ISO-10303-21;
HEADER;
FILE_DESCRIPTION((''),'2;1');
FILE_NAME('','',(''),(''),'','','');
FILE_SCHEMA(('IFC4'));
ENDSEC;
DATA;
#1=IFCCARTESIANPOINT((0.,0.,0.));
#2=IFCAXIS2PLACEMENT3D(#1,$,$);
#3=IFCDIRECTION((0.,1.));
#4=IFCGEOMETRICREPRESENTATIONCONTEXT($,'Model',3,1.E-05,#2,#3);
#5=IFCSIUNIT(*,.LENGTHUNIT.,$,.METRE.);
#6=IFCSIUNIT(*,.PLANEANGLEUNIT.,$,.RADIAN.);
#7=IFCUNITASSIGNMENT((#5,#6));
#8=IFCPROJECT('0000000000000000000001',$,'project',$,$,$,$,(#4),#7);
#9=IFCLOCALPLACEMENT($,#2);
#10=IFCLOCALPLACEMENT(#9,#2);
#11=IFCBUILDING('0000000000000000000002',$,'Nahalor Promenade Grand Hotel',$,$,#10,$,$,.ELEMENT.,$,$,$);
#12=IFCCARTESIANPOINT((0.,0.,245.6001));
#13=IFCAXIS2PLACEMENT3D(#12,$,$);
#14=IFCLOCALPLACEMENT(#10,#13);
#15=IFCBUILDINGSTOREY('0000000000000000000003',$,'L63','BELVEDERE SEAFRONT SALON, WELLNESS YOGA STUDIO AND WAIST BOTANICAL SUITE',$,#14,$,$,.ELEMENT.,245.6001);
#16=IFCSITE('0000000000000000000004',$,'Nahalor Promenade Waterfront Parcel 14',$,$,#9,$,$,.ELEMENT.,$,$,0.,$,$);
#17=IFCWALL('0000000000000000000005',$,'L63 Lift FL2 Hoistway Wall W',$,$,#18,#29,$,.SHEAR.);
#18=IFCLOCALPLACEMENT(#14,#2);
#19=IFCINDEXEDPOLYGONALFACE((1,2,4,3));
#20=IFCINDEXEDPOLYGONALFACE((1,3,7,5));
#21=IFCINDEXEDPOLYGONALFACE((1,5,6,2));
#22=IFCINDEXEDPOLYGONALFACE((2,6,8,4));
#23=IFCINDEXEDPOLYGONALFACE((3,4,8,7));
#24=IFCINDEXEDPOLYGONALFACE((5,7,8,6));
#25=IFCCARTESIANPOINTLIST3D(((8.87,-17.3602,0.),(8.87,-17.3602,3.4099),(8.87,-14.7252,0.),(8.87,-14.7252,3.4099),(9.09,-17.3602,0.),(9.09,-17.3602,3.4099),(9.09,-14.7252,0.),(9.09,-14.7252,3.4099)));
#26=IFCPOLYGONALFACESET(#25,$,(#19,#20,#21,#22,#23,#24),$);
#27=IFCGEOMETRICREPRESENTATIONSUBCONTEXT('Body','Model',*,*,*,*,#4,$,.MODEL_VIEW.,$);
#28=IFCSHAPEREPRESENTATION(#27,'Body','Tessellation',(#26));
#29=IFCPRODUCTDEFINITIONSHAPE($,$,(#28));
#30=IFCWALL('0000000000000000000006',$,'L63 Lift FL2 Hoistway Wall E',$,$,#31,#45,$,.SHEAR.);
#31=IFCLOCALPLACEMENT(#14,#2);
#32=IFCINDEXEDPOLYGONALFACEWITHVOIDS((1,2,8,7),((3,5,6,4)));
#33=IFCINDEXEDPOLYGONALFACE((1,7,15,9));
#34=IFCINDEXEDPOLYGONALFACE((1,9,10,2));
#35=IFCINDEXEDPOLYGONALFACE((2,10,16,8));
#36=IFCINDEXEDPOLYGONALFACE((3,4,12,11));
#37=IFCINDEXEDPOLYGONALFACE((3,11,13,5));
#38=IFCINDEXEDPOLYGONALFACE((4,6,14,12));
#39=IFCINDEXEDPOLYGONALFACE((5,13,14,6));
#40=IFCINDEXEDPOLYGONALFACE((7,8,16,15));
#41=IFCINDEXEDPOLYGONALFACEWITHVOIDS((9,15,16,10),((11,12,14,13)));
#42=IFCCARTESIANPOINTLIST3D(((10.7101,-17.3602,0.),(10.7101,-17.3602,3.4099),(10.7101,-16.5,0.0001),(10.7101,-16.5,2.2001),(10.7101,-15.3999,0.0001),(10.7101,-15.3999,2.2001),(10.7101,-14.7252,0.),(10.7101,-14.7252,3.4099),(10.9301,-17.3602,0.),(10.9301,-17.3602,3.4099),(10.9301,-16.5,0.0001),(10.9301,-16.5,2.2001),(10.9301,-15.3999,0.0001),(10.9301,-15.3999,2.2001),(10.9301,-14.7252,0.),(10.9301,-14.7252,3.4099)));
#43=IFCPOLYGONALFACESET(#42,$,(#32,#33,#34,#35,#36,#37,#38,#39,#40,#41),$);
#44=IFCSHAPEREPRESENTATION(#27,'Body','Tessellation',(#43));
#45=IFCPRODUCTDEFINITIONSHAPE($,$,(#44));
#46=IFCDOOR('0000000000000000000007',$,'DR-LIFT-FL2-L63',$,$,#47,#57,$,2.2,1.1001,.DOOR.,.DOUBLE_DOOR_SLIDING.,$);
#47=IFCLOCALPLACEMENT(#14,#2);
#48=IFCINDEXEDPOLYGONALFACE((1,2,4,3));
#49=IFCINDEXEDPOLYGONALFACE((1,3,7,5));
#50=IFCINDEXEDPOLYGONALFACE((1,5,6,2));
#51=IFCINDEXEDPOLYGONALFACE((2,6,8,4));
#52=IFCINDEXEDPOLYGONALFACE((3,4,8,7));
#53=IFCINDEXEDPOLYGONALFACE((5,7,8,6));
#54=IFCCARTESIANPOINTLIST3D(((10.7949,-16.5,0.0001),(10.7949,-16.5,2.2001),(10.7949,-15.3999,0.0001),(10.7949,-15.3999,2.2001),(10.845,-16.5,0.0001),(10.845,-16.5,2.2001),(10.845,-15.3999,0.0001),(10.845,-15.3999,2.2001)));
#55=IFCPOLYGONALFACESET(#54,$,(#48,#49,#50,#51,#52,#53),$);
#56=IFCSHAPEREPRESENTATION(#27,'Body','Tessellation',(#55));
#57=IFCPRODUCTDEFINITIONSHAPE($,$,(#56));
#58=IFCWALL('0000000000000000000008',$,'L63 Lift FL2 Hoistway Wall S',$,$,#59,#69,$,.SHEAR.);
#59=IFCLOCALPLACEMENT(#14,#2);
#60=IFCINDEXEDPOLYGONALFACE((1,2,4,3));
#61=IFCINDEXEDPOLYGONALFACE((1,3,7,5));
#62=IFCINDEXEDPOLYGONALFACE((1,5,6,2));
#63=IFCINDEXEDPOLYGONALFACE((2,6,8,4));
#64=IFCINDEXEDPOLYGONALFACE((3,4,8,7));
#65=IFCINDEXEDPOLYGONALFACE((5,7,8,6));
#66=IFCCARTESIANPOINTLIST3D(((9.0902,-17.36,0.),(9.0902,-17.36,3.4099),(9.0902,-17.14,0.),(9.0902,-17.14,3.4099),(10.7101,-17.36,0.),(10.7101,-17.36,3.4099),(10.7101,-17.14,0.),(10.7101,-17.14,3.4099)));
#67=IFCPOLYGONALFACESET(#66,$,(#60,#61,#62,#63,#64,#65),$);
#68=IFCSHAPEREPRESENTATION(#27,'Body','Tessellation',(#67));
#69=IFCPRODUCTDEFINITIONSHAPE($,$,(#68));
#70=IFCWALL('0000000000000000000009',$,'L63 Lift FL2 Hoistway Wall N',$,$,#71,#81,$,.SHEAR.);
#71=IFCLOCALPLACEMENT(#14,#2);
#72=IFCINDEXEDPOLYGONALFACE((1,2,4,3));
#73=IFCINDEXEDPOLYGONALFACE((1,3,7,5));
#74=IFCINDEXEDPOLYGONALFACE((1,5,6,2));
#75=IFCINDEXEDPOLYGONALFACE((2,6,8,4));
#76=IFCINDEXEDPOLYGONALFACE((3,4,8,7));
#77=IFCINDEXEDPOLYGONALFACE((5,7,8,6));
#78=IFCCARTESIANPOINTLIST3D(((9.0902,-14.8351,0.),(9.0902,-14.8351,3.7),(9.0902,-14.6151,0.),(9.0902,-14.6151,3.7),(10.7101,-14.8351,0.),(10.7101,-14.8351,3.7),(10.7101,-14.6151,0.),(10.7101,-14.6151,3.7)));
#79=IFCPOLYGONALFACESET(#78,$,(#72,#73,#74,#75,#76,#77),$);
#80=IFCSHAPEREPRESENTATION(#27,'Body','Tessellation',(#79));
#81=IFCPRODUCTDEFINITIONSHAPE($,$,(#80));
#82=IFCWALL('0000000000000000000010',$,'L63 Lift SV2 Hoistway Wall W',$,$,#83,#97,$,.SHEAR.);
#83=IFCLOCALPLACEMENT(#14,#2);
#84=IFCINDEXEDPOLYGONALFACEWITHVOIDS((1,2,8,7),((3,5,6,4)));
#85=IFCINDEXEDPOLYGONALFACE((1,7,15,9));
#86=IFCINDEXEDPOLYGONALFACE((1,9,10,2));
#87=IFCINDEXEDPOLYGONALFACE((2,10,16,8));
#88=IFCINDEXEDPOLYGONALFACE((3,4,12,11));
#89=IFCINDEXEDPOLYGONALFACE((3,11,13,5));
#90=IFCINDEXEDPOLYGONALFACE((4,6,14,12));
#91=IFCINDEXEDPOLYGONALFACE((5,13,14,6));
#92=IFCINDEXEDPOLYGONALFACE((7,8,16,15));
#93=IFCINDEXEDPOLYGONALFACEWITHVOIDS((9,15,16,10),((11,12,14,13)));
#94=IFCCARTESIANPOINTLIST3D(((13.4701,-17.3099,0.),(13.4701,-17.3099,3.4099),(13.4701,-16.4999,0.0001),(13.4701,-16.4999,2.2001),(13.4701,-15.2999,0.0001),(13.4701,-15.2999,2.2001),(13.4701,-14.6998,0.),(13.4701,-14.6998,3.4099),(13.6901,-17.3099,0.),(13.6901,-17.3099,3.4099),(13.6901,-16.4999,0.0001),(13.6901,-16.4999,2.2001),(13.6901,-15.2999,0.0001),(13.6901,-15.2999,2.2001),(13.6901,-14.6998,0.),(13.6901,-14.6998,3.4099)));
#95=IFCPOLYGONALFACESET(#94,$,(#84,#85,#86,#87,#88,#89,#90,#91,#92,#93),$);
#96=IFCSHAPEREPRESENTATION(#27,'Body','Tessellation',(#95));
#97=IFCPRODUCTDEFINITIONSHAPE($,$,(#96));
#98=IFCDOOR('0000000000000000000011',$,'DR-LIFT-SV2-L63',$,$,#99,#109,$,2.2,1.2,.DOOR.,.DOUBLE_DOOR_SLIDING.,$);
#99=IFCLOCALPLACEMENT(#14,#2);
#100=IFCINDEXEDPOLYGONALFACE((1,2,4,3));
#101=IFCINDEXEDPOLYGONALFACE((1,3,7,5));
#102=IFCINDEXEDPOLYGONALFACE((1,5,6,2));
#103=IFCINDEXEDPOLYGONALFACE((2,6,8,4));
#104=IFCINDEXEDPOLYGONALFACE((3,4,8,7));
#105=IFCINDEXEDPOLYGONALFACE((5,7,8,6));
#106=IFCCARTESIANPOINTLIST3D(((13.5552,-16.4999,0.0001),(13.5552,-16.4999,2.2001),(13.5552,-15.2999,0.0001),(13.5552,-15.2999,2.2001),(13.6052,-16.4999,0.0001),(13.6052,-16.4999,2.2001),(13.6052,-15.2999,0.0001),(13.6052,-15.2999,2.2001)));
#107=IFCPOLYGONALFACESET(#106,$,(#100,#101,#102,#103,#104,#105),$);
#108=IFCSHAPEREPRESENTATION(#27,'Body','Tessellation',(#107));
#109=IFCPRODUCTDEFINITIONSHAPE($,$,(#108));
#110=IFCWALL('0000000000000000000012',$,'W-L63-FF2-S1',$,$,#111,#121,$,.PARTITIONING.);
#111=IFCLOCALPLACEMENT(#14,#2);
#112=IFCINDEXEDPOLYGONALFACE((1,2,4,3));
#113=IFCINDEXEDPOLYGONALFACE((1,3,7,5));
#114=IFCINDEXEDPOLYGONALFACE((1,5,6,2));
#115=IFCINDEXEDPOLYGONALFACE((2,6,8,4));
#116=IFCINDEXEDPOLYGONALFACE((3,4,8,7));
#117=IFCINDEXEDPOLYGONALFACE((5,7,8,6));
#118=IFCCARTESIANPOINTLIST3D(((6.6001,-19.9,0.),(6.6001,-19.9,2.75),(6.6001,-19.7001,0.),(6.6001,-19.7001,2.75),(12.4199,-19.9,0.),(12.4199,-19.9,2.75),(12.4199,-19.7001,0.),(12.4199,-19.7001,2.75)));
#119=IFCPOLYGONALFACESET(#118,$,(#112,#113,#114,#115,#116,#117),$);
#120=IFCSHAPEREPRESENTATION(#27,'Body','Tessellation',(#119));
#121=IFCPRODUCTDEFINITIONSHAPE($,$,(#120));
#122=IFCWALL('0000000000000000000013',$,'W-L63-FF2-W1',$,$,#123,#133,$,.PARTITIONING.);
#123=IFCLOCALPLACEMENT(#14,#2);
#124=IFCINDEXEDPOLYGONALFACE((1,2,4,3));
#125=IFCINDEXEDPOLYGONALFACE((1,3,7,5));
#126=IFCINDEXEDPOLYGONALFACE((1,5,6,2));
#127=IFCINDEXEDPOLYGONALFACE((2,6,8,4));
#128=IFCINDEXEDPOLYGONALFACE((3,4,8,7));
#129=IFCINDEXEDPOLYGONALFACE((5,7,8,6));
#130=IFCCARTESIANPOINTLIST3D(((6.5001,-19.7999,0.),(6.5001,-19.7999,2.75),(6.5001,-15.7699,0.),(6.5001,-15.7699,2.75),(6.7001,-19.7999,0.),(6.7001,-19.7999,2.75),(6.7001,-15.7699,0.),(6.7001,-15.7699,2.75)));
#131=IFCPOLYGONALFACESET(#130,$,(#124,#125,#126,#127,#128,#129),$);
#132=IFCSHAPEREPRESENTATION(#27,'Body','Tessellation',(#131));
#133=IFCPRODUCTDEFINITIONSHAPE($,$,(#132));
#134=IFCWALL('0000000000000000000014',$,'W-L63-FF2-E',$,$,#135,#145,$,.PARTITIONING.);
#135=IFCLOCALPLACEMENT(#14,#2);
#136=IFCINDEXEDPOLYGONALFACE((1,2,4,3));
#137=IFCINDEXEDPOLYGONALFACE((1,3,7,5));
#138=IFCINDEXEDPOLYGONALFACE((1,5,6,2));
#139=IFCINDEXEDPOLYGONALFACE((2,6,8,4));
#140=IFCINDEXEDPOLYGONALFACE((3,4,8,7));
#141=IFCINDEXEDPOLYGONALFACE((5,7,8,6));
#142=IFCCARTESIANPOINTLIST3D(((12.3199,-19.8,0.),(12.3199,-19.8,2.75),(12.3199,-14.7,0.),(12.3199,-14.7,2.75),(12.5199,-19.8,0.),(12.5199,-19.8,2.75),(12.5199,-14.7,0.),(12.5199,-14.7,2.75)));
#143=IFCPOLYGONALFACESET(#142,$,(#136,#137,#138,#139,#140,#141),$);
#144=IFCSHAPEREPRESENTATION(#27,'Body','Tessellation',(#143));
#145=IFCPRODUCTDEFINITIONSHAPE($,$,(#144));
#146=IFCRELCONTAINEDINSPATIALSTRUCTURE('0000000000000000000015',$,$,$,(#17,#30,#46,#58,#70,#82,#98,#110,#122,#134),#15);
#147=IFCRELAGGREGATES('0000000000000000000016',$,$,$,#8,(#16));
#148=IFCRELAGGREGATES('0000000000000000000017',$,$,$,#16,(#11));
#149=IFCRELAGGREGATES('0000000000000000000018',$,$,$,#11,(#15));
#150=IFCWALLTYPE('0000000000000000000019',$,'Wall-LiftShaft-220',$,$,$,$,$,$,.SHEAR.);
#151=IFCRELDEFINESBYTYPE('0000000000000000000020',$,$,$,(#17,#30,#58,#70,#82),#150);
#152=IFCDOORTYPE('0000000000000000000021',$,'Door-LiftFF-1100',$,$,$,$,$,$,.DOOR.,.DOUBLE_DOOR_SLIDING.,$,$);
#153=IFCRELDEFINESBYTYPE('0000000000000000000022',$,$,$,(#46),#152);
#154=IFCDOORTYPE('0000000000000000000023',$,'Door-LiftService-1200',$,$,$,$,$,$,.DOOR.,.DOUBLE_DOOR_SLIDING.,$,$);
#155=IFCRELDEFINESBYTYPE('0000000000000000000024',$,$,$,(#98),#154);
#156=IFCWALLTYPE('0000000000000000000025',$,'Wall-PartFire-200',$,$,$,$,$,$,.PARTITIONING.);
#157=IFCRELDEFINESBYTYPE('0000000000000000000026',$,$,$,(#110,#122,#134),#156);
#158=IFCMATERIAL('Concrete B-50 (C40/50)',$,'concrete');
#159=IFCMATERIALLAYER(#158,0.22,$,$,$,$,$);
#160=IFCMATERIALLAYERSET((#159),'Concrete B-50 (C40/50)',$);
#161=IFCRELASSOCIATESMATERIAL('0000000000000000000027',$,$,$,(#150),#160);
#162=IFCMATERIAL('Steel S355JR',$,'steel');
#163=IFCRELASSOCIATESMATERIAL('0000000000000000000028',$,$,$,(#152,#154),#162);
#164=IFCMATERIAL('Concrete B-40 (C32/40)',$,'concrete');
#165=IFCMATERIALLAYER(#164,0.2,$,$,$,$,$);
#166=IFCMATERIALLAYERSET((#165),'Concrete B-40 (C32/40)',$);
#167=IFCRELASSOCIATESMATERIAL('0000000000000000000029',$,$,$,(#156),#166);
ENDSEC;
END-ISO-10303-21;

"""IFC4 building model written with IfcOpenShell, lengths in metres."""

from ifc_helpers import new_model, si_unit, direction, frame, frame_2d, origin, place, context, subcontext, project, spatial, rectangle, extrude, source, transform, mapped, material, layer, layer_set, type_object, element, fill, save


model = new_model("IFC4")

# Units and contexts
model_context = context("Model", 3, precision=1e-05, world=origin(), true_north=direction((0.0, 1.0)))
body_context = subcontext(model_context, "Body", "Model", "MODEL_VIEW")
ifc_project = project(units=[si_unit("LENGTHUNIT", "METRE"), si_unit("PLANEANGLEUNIT", "RADIAN")], contexts=[model_context])

# Site, building, storey
site_placement = place(None, origin())
site = spatial("IfcSite", under=ifc_project, at=site_placement, Name="Nahalor Promenade Waterfront Parcel 14", CompositionType="ELEMENT", RefElevation=0.0)
building_placement = place(site_placement, origin())
building = spatial("IfcBuilding", under=site, at=building_placement, Name="Nahalor Promenade Grand Hotel", CompositionType="ELEMENT")
storey_placement = place(building_placement, frame((0.0, 0.0, 245.6001)))
storey = spatial("IfcBuildingStorey", under=building, at=storey_placement, Name="L63", Description="BELVEDERE SEAFRONT SALON, WELLNESS YOGA STUDIO AND WAIST BOTANICAL SUITE", CompositionType="ELEMENT", Elevation=245.6001)

# Shared definitions
ifc_material_1 = material(Name="Steel S355JR", Category="steel")

# Shared definitions
ifc_material_2 = material(Name="Concrete B-50 (C40/50)", Category="concrete")

# Shared definitions
ifc_layer_1 = layer(ifc_material_2, 0.22)
ifc_layer_set_1 = layer_set([ifc_layer_1], Name="Concrete B-50 (C40/50)")
wall_type_1 = type_object("IfcWallType", Name="Wall-LiftShaft-220", PredefinedType="SHEAR", material=ifc_layer_set_1)

# Wall
shared_shape_1 = source(origin(), body_context, "Body", "SweptSolid", [
    extrude(rectangle(XDim=2.635, YDim=0.22, at=frame_2d((1.3174, 0.0))), origin(), (0.0, 0.0, 1.0), 3.4099),
])
wall_1_placement = place(storey_placement, frame((8.98, -17.3601, 0.0), z_axis=(0.0, 0.0, 1.0), x_axis=(0.0, 1.0, 0.0)))
element("IfcWall", 1, at=wall_1_placement, inside=storey, type_object=wall_type_1, Name="L63 Lift FL2 Hoistway Wall W", PredefinedType="SHEAR", context=body_context, shape_type="MappedRepresentation", body=[
    mapped(shared_shape_1, transform((0.0, 0.0, 0.0), scale=1.0)),
])

# Wall, opening, door
wall_2_placement = place(storey_placement, frame((10.8201, -17.3601, 0.0), z_axis=(0.0, 0.0, 1.0), x_axis=(0.0, 1.0, 0.0)))
wall_2 = element("IfcWall", 2, at=wall_2_placement, inside=storey, type_object=wall_type_1, Name="L63 Lift FL2 Hoistway Wall E", PredefinedType="SHEAR", context=body_context, shape_type="MappedRepresentation", body=[
    mapped(shared_shape_1, transform((0.0, 0.0, 0.0), scale=1.0)),
])
opening_1_placement = place(wall_2_placement, frame((0.8601, 0.0, 0.0)))
opening_1 = element("IfcOpeningElement", 3, at=opening_1_placement, cuts=wall_2, PredefinedType="OPENING", context=body_context, shape_type="SweptSolid", body=[
    extrude(rectangle(XDim=1.1001, YDim=2.2, at=frame_2d((0.55, 1.1001))), frame((0.0, 0.1199, 0.0), z_axis=(0.0, -1.0, 0.0), x_axis=(1.0, 0.0, 0.0)), (0.0, 0.0, 1.0), 0.24),
])
door_type_1 = type_object("IfcDoorType", Name="Door-LiftFF-1100", OperationType="DOUBLE_DOOR_SLIDING", PredefinedType="DOOR", material=ifc_material_1)
shared_shape_2 = source(origin(), body_context, "Body", "SweptSolid", [
    extrude(rectangle(XDim=1.1001, YDim=2.2, at=frame_2d((0.55, 1.1001))), frame((0.0, 0.0249, 0.0), z_axis=(0.0, -1.0, 0.0), x_axis=(1.0, 0.0, 0.0)), (0.0, 0.0, 1.0), 0.05),
])
door_1_placement = place(opening_1_placement, frame((1.1001, 0.0, 0.0), z_axis=(0.0, 0.0, 1.0), x_axis=(-1.0, 0.0, 0.0)))
door_1 = element("IfcDoor", 4, at=door_1_placement, inside=storey, type_object=door_type_1, Name="DR-LIFT-FL2-L63", OperationType="DOUBLE_DOOR_SLIDING", OverallHeight=2.2, OverallWidth=1.1001, PredefinedType="DOOR", context=body_context, shape_type="MappedRepresentation", body=[
    mapped(shared_shape_2, transform((0.0, 0.0, 0.0), scale=1.0)),
])
fill(opening_1, door_1)

# Walls
shared_shape_3 = source(origin(), body_context, "Body", "SweptSolid", [
    extrude(rectangle(XDim=1.6199, YDim=0.22, at=frame_2d((0.8101, 0.0))), origin(), (0.0, 0.0, 1.0), 3.4099),
])
wall_3_placement = place(storey_placement, frame((9.0901, -17.25, 0.0), z_axis=(0.0, 0.0, 1.0), x_axis=(1.0, 0.0, 0.0)))
element("IfcWall", 5, at=wall_3_placement, inside=storey, type_object=wall_type_1, Name="L63 Lift FL2 Hoistway Wall S", PredefinedType="SHEAR", context=body_context, shape_type="MappedRepresentation", body=[
    mapped(shared_shape_3, transform((0.0, 0.0, 0.0), scale=1.0)),
])
shared_shape_4 = source(origin(), body_context, "Body", "SweptSolid", [
    extrude(rectangle(XDim=1.6199, YDim=0.22, at=frame_2d((0.8101, 0.0))), origin(), (0.0, 0.0, 1.0), 3.7),
])
wall_4_placement = place(storey_placement, frame((9.0901, -14.7251, 0.0), z_axis=(0.0, 0.0, 1.0), x_axis=(1.0, 0.0, 0.0)))
element("IfcWall", 6, at=wall_4_placement, inside=storey, type_object=wall_type_1, Name="L63 Lift FL2 Hoistway Wall N", PredefinedType="SHEAR", context=body_context, shape_type="MappedRepresentation", body=[
    mapped(shared_shape_4, transform((0.0, 0.0, 0.0), scale=1.0)),
])

# Wall, opening, door
shared_shape_5 = source(origin(), body_context, "Body", "SweptSolid", [
    extrude(rectangle(XDim=2.6101, YDim=0.22, at=frame_2d((1.3052, 0.0))), origin(), (0.0, 0.0, 1.0), 3.4099),
])
wall_5_placement = place(storey_placement, frame((13.5801, -17.3101, 0.0), z_axis=(0.0, 0.0, 1.0), x_axis=(0.0, 1.0, 0.0)))
wall_5 = element("IfcWall", 7, at=wall_5_placement, inside=storey, type_object=wall_type_1, Name="L63 Lift SV2 Hoistway Wall W", PredefinedType="SHEAR", context=body_context, shape_type="MappedRepresentation", body=[
    mapped(shared_shape_5, transform((0.0, 0.0, 0.0), scale=1.0)),
])
opening_2_placement = place(wall_5_placement, frame((0.8101, 0.0, 0.0)))
opening_2 = element("IfcOpeningElement", 8, at=opening_2_placement, cuts=wall_5, PredefinedType="OPENING", context=body_context, shape_type="SweptSolid", body=[
    extrude(rectangle(XDim=1.2, YDim=2.2, at=frame_2d((0.6001, 1.1001))), frame((0.0, 0.1199, 0.0), z_axis=(0.0, -1.0, 0.0), x_axis=(1.0, 0.0, 0.0)), (0.0, 0.0, 1.0), 0.24),
])
door_type_2 = type_object("IfcDoorType", Name="Door-LiftService-1200", OperationType="DOUBLE_DOOR_SLIDING", PredefinedType="DOOR", material=ifc_material_1)
shared_shape_6 = source(origin(), body_context, "Body", "SweptSolid", [
    extrude(rectangle(XDim=1.2, YDim=2.2, at=frame_2d((0.6001, 1.1001))), frame((0.0, 0.0249, 0.0), z_axis=(0.0, -1.0, 0.0), x_axis=(1.0, 0.0, 0.0)), (0.0, 0.0, 1.0), 0.05),
])
door_2_placement = place(opening_2_placement, origin())
door_2 = element("IfcDoor", 9, at=door_2_placement, inside=storey, type_object=door_type_2, Name="DR-LIFT-SV2-L63", OperationType="DOUBLE_DOOR_SLIDING", OverallHeight=2.2, OverallWidth=1.2, PredefinedType="DOOR", context=body_context, shape_type="MappedRepresentation", body=[
    mapped(shared_shape_6, transform((0.0, 0.0, 0.0), scale=1.0)),
])
fill(opening_2, door_2)

# Walls
ifc_material_3 = material(Name="Concrete B-40 (C32/40)", Category="concrete")
ifc_layer_2 = layer(ifc_material_3, 0.2)
ifc_layer_set_2 = layer_set([ifc_layer_2], Name="Concrete B-40 (C32/40)")
wall_type_2 = type_object("IfcWallType", Name="Wall-PartFire-200", PredefinedType="PARTITIONING", material=ifc_layer_set_2)
shared_shape_7 = source(origin(), body_context, "Body", "SweptSolid", [
    extrude(rectangle(XDim=5.8198, YDim=0.2, at=frame_2d((2.9099, 0.0))), origin(), (0.0, 0.0, 1.0), 2.75),
])
wall_6_placement = place(storey_placement, frame((6.6001, -19.8, 0.0), z_axis=(0.0, 0.0, 1.0), x_axis=(1.0, 0.0, 0.0)))
element("IfcWall", 10, at=wall_6_placement, inside=storey, type_object=wall_type_2, Name="W-L63-FF2-S1", PredefinedType="PARTITIONING", context=body_context, shape_type="MappedRepresentation", body=[
    mapped(shared_shape_7, transform((0.0, 0.0, 0.0), scale=1.0)),
])
shared_shape_8 = source(origin(), body_context, "Body", "SweptSolid", [
    extrude(rectangle(XDim=4.03, YDim=0.2, at=frame_2d((2.0151, 0.0))), origin(), (0.0, 0.0, 1.0), 2.75),
])
wall_7_placement = place(storey_placement, frame((6.6001, -19.8, 0.0), z_axis=(0.0, 0.0, 1.0), x_axis=(0.0, 1.0, 0.0)))
element("IfcWall", 11, at=wall_7_placement, inside=storey, type_object=wall_type_2, Name="W-L63-FF2-W1", PredefinedType="PARTITIONING", context=body_context, shape_type="MappedRepresentation", body=[
    mapped(shared_shape_8, transform((0.0, 0.0, 0.0), scale=1.0)),
])
shared_shape_9 = source(origin(), body_context, "Body", "SweptSolid", [
    extrude(rectangle(XDim=5.1001, YDim=0.2, at=frame_2d((2.55, 0.0))), origin(), (0.0, 0.0, 1.0), 2.75),
])
wall_8_placement = place(storey_placement, frame((12.4199, -19.8, 0.0), z_axis=(0.0, 0.0, 1.0), x_axis=(0.0, 1.0, 0.0)))
element("IfcWall", 12, at=wall_8_placement, inside=storey, type_object=wall_type_2, Name="W-L63-FF2-E", PredefinedType="PARTITIONING", context=body_context, shape_type="MappedRepresentation", body=[
    mapped(shared_shape_9, transform((0.0, 0.0, 0.0), scale=1.0)),
])

save(model, "model.ifc")
